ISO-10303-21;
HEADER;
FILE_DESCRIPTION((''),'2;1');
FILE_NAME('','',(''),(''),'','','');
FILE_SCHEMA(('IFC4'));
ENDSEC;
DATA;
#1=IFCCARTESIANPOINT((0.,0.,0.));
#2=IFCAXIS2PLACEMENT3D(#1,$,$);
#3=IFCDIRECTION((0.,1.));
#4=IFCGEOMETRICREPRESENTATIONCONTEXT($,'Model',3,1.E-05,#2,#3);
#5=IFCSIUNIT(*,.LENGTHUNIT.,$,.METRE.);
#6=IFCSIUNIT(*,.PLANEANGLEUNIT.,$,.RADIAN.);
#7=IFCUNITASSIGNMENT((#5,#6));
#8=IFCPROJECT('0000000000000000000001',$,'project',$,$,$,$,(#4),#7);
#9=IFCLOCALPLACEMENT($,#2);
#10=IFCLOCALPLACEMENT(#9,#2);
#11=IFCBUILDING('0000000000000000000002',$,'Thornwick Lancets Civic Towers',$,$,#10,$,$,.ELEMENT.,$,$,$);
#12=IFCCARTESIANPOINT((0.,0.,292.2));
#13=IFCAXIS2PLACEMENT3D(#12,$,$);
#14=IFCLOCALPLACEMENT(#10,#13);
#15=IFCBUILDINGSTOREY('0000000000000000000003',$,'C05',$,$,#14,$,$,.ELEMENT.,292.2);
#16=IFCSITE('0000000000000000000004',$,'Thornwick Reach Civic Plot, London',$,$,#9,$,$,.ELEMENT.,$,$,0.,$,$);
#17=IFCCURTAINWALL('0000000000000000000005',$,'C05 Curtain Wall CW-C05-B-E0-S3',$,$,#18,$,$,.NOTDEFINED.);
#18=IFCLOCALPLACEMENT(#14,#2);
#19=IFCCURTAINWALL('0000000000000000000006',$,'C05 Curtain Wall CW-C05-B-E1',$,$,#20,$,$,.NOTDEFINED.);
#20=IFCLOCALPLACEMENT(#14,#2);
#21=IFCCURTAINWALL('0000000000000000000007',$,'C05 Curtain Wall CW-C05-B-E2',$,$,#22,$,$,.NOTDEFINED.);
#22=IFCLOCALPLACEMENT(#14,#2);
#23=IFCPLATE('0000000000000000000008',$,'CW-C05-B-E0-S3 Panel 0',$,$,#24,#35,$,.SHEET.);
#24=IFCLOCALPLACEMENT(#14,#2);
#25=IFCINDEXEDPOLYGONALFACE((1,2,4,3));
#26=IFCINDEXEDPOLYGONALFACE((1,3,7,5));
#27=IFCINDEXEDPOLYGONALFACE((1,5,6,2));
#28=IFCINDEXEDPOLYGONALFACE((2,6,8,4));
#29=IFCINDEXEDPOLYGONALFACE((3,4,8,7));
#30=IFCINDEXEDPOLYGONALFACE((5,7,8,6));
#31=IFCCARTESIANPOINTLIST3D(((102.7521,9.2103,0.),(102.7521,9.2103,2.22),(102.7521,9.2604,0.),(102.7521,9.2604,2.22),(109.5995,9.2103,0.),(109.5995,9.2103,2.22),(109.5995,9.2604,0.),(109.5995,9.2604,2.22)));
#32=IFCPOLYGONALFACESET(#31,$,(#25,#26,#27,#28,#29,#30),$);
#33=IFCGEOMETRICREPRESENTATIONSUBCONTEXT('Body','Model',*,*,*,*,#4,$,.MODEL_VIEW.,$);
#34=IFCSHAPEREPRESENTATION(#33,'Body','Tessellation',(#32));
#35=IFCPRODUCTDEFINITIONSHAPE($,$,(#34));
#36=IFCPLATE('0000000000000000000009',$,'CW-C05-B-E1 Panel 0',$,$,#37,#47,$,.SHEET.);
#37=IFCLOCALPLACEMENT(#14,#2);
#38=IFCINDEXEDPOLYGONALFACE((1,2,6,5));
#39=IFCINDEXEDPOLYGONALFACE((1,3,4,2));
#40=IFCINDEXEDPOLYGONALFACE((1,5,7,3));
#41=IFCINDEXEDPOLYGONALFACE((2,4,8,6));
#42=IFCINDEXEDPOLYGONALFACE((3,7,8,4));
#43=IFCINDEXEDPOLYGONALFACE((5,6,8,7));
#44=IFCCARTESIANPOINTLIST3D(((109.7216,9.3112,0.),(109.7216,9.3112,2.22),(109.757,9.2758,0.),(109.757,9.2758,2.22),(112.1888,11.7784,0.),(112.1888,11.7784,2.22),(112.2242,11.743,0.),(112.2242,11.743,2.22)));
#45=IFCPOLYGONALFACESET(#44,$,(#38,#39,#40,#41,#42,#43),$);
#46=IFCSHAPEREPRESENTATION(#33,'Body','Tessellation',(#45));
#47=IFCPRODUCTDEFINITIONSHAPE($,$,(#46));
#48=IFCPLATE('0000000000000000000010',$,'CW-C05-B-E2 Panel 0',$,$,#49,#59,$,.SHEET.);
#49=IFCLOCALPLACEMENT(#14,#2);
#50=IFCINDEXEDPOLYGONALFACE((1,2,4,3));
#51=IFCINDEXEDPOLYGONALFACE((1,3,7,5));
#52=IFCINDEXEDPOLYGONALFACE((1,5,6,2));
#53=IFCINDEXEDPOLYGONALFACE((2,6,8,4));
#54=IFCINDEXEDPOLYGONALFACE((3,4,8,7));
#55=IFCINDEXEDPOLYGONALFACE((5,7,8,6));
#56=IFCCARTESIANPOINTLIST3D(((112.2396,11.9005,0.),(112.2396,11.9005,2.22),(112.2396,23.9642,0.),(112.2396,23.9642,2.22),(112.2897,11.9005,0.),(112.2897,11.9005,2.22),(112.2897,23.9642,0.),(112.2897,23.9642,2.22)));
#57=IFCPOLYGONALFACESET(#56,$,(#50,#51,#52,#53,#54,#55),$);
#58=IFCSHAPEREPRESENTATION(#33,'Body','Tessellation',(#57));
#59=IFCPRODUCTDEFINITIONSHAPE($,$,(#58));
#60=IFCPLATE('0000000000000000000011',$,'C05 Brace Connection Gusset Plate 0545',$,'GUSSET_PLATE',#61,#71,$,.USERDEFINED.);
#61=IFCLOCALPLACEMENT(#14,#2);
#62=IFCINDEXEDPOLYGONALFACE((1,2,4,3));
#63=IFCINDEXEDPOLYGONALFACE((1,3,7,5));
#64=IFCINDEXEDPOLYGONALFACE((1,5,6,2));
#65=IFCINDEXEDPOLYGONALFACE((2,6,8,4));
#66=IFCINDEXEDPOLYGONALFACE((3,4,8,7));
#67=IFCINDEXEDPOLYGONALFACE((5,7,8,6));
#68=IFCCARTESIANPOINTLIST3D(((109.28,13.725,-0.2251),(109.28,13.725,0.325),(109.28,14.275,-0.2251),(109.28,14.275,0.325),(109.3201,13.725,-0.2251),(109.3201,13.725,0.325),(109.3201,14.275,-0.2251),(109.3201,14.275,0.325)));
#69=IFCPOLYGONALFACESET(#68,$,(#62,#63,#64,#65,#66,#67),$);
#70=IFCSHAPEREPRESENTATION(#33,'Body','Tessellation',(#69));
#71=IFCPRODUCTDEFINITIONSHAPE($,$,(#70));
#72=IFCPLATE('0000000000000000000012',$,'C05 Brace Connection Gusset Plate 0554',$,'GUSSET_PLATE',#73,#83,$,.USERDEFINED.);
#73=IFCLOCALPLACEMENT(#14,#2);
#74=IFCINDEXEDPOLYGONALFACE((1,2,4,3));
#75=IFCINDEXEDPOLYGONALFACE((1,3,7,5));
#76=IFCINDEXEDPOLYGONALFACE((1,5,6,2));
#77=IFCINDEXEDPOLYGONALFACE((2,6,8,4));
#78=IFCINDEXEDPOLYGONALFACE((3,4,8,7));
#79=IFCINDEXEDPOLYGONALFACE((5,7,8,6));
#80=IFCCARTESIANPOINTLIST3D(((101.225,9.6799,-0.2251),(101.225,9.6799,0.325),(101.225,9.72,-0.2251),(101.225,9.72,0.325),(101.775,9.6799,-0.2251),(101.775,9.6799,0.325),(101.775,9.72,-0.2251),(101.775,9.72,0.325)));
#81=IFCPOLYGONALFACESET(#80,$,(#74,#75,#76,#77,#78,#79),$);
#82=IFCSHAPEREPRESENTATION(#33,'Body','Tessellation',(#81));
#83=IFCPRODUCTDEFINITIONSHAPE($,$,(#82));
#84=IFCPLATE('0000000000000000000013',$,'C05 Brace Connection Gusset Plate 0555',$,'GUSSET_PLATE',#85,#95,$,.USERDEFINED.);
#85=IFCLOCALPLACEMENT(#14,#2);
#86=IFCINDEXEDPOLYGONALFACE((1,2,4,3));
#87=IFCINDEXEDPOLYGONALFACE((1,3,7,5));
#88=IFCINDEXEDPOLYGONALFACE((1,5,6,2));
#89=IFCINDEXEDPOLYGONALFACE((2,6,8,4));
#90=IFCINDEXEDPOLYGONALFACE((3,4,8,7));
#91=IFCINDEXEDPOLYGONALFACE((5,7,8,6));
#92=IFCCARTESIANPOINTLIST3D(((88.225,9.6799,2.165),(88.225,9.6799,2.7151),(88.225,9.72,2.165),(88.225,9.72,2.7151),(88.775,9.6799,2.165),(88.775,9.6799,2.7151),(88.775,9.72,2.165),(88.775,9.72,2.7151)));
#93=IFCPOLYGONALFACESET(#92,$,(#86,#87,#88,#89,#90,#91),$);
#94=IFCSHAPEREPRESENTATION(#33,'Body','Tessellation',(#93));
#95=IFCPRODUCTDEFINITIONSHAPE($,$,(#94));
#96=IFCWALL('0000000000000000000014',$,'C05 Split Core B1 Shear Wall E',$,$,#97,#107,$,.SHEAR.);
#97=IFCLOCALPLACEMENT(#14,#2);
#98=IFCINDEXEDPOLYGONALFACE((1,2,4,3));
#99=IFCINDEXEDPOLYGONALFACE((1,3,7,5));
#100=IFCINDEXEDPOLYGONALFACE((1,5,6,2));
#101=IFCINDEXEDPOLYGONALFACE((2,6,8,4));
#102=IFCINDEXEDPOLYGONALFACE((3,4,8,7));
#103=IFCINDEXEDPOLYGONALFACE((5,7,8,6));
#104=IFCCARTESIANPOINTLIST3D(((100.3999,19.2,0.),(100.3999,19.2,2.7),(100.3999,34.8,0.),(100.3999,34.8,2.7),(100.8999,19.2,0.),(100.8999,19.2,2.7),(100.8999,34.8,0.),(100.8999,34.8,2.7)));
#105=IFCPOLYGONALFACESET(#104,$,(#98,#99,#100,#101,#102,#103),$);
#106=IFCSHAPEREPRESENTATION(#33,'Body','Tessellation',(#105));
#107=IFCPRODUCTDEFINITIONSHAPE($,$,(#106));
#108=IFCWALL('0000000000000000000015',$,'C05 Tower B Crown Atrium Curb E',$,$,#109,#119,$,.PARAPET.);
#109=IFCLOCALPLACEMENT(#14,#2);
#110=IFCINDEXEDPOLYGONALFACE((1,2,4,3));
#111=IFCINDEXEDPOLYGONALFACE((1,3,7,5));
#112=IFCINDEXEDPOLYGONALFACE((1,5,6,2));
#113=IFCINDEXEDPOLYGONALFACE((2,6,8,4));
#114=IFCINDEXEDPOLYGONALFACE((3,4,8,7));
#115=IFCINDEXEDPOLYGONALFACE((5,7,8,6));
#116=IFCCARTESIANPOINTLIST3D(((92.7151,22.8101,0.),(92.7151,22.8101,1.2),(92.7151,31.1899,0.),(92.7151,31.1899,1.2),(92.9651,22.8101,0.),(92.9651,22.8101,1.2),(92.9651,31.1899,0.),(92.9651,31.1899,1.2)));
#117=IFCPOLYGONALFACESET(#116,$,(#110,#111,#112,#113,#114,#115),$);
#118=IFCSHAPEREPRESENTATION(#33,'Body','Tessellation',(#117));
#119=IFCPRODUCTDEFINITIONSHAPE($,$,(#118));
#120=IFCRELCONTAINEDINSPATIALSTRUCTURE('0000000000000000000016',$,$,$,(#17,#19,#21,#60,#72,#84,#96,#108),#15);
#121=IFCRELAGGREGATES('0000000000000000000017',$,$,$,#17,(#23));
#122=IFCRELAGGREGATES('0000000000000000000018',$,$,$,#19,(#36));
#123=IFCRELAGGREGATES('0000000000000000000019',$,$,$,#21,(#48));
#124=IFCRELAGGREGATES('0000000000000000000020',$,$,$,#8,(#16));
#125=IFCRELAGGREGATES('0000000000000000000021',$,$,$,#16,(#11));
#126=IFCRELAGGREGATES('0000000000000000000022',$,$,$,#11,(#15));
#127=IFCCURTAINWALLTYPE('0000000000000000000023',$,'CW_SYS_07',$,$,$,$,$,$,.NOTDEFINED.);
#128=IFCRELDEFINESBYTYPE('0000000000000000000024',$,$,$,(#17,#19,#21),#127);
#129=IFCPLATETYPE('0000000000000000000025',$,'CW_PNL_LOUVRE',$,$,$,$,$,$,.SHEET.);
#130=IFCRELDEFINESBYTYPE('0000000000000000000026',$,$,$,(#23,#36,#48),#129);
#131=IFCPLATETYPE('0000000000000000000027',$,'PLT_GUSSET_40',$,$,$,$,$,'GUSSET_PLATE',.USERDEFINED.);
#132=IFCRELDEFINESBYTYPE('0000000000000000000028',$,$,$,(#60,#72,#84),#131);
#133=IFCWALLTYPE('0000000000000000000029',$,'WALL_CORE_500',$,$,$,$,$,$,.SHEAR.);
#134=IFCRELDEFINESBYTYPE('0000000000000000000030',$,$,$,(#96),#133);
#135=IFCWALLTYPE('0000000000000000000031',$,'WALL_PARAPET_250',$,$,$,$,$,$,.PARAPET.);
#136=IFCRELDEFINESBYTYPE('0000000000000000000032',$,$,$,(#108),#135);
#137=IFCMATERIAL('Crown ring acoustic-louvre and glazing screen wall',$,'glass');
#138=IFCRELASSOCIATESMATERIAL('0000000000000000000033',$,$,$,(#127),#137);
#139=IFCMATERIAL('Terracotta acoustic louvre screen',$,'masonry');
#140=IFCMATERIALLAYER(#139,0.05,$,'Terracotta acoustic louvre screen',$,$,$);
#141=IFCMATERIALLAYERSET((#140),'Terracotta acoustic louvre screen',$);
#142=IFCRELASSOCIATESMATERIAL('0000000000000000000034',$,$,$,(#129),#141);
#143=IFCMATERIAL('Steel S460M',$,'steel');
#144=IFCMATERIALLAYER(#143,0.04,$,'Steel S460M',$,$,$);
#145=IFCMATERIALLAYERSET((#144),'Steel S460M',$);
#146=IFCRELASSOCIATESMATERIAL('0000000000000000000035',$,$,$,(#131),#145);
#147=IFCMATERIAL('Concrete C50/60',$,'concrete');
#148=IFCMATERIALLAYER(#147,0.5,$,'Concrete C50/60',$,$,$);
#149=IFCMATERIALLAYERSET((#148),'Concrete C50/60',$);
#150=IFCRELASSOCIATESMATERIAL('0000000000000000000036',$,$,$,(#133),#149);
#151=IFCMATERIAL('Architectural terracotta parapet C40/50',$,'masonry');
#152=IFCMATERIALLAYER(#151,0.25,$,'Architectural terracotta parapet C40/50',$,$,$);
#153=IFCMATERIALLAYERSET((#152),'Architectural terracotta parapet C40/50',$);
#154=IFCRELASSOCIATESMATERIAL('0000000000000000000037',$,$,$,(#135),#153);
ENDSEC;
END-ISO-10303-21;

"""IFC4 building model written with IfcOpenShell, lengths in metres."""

from ifc_helpers import new_model, si_unit, direction, frame, frame_2d, origin, origin_2d, place, context, subcontext, project, spatial, rectangle, extrude, material, layer, layer_set, type_object, element, aggregate, save


model = new_model("IFC4")

# Units and contexts
model_context = context("Model", 3, precision=1e-05, world=origin(), true_north=direction((0.0, 1.0)))
body_context = subcontext(model_context, "Body", "Model", "MODEL_VIEW")
ifc_project = project(units=[si_unit("LENGTHUNIT", "METRE"), si_unit("PLANEANGLEUNIT", "RADIAN")], contexts=[model_context])

# Site, building, storey
site_placement = place(None, origin())
site = spatial("IfcSite", under=ifc_project, at=site_placement, Name="Thornwick Reach Civic Plot, London", CompositionType="ELEMENT", RefElevation=0.0)
building_placement = place(site_placement, origin())
building = spatial("IfcBuilding", under=site, at=building_placement, Name="Thornwick Lancets Civic Towers", CompositionType="ELEMENT")
storey_placement = place(building_placement, frame((0.0, 0.0, 292.2)))
storey = spatial("IfcBuildingStorey", under=building, at=storey_placement, Name="C05", CompositionType="ELEMENT", Elevation=292.2)

# Curtain walls
ifc_material_1 = material(Name="Crown ring acoustic-louvre and glazing screen wall", Category="glass")
curtain_wall_type = type_object("IfcCurtainWallType", Name="CW_SYS_07", PredefinedType="NOTDEFINED", material=ifc_material_1)
curtain_wall_1_placement = place(storey_placement, origin())
curtain_wall_1 = element("IfcCurtainWall", 1, at=curtain_wall_1_placement, inside=storey, type_object=curtain_wall_type, Name="C05 Curtain Wall CW-C05-B-E0-S3", PredefinedType="NOTDEFINED")
curtain_wall_2_placement = place(storey_placement, origin())
curtain_wall_2 = element("IfcCurtainWall", 2, at=curtain_wall_2_placement, inside=storey, type_object=curtain_wall_type, Name="C05 Curtain Wall CW-C05-B-E1", PredefinedType="NOTDEFINED")
curtain_wall_3_placement = place(storey_placement, origin())
curtain_wall_3 = element("IfcCurtainWall", 3, at=curtain_wall_3_placement, inside=storey, type_object=curtain_wall_type, Name="C05 Curtain Wall CW-C05-B-E2", PredefinedType="NOTDEFINED")

# Plates
ifc_material_2 = material(Name="Terracotta acoustic louvre screen", Category="masonry")
ifc_layer_1 = layer(ifc_material_2, 0.05, Name="Terracotta acoustic louvre screen")
ifc_layer_set_1 = layer_set([ifc_layer_1], Name="Terracotta acoustic louvre screen")
plate_type_1 = type_object("IfcPlateType", Name="CW_PNL_LOUVRE", PredefinedType="SHEET", material=ifc_layer_set_1)
plate_1_placement = place(storey_placement, frame((106.1758, 9.2354, 0.0), z_axis=(0.0, 0.0, 1.0), x_axis=(1.0, 0.0, 0.0)))
plate_1 = element("IfcPlate", 4, at=plate_1_placement, type_object=plate_type_1, Name="CW-C05-B-E0-S3 Panel 0", PredefinedType="SHEET", context=body_context, shape_type="SweptSolid", body=[
    extrude(rectangle(XDim=6.8474, YDim=0.05, at=origin_2d()), origin(), (0.0, 0.0, 1.0), 2.22),
])
aggregate(curtain_wall_1, [plate_1])
plate_2_placement = place(storey_placement, frame((110.9729, 10.5271, 0.0), z_axis=(0.0, 0.0, 1.0), x_axis=(0.707107, 0.707107, 0.0)))
plate_2 = element("IfcPlate", 5, at=plate_2_placement, type_object=plate_type_1, Name="CW-C05-B-E1 Panel 0", PredefinedType="SHEET", context=body_context, shape_type="SweptSolid", body=[
    extrude(rectangle(XDim=3.4893, YDim=0.05, at=origin_2d()), origin(), (0.0, 0.0, 1.0), 2.22),
])
aggregate(curtain_wall_2, [plate_2])
plate_3_placement = place(storey_placement, frame((112.2646, 17.9324, 0.0), z_axis=(0.0, 0.0, 1.0), x_axis=(0.0, 1.0, 0.0)))
plate_3 = element("IfcPlate", 6, at=plate_3_placement, type_object=plate_type_1, Name="CW-C05-B-E2 Panel 0", PredefinedType="SHEET", context=body_context, shape_type="SweptSolid", body=[
    extrude(rectangle(XDim=12.0637, YDim=0.05, at=origin_2d()), origin(), (0.0, 0.0, 1.0), 2.22),
])
aggregate(curtain_wall_3, [plate_3])

# Plates
ifc_material_3 = material(Name="Steel S460M", Category="steel")
ifc_layer_2 = layer(ifc_material_3, 0.04, Name="Steel S460M")
ifc_layer_set_2 = layer_set([ifc_layer_2], Name="Steel S460M")
plate_type_2 = type_object("IfcPlateType", Name="PLT_GUSSET_40", ElementType="GUSSET_PLATE", PredefinedType="USERDEFINED", material=ifc_layer_set_2)
for number, where, z_axis, x_axis, name in (
    (7, (109.3, 14.0, -0.2251), (0.0, 0.0, 1.0), (0.0, 1.0, 0.0), "C05 Brace Connection Gusset Plate 0545"),
    (8, (101.5, 9.7, -0.2251), (0.0, 0.0, 1.0), (-1.0, 0.0, 0.0), "C05 Brace Connection Gusset Plate 0554"),
    (9, (88.5, 9.7, 2.165), (0.0, 0.0, 1.0), (-1.0, 0.0, 0.0), "C05 Brace Connection Gusset Plate 0555"),
):
    element("IfcPlate", number, at=place(storey_placement, frame(where, z_axis=z_axis, x_axis=x_axis)), inside=storey, type_object=plate_type_2, Name=name, ObjectType="GUSSET_PLATE", PredefinedType="USERDEFINED", context=body_context, shape_type="SweptSolid", body=[
        extrude(rectangle(XDim=0.55, YDim=0.04, at=origin_2d()), origin(), (0.0, 0.0, 1.0), 0.55),
    ])

# Walls
ifc_material_4 = material(Name="Concrete C50/60", Category="concrete")
ifc_layer_3 = layer(ifc_material_4, 0.5, Name="Concrete C50/60")
ifc_layer_set_3 = layer_set([ifc_layer_3], Name="Concrete C50/60")
wall_type_1 = type_object("IfcWallType", Name="WALL_CORE_500", PredefinedType="SHEAR", material=ifc_layer_set_3)
wall_1_placement = place(storey_placement, frame((100.6499, 19.2, 0.0), z_axis=(0.0, 0.0, 1.0), x_axis=(0.0, 1.0, 0.0)))
element("IfcWall", 10, at=wall_1_placement, inside=storey, type_object=wall_type_1, Name="C05 Split Core B1 Shear Wall E", PredefinedType="SHEAR", context=body_context, shape_type="SweptSolid", body=[
    extrude(rectangle(XDim=15.6001, YDim=0.5, at=frame_2d((7.8, 0.0))), origin(), (0.0, 0.0, 1.0), 2.7),
])
ifc_material_5 = material(Name="Architectural terracotta parapet C40/50", Category="masonry")
ifc_layer_4 = layer(ifc_material_5, 0.25, Name="Architectural terracotta parapet C40/50")
ifc_layer_set_4 = layer_set([ifc_layer_4], Name="Architectural terracotta parapet C40/50")
wall_type_2 = type_object("IfcWallType", Name="WALL_PARAPET_250", PredefinedType="PARAPET", material=ifc_layer_set_4)
wall_2_placement = place(storey_placement, frame((92.8401, 22.8101, 0.0), z_axis=(0.0, 0.0, 1.0), x_axis=(0.0, 1.0, 0.0)))
element("IfcWall", 11, at=wall_2_placement, inside=storey, type_object=wall_type_2, Name="C05 Tower B Crown Atrium Curb E", PredefinedType="PARAPET", context=body_context, shape_type="SweptSolid", body=[
    extrude(rectangle(XDim=8.3799, YDim=0.25, at=frame_2d((4.1899, 0.0))), origin(), (0.0, 0.0, 1.0), 1.2),
])

save(model, "model.ifc")
